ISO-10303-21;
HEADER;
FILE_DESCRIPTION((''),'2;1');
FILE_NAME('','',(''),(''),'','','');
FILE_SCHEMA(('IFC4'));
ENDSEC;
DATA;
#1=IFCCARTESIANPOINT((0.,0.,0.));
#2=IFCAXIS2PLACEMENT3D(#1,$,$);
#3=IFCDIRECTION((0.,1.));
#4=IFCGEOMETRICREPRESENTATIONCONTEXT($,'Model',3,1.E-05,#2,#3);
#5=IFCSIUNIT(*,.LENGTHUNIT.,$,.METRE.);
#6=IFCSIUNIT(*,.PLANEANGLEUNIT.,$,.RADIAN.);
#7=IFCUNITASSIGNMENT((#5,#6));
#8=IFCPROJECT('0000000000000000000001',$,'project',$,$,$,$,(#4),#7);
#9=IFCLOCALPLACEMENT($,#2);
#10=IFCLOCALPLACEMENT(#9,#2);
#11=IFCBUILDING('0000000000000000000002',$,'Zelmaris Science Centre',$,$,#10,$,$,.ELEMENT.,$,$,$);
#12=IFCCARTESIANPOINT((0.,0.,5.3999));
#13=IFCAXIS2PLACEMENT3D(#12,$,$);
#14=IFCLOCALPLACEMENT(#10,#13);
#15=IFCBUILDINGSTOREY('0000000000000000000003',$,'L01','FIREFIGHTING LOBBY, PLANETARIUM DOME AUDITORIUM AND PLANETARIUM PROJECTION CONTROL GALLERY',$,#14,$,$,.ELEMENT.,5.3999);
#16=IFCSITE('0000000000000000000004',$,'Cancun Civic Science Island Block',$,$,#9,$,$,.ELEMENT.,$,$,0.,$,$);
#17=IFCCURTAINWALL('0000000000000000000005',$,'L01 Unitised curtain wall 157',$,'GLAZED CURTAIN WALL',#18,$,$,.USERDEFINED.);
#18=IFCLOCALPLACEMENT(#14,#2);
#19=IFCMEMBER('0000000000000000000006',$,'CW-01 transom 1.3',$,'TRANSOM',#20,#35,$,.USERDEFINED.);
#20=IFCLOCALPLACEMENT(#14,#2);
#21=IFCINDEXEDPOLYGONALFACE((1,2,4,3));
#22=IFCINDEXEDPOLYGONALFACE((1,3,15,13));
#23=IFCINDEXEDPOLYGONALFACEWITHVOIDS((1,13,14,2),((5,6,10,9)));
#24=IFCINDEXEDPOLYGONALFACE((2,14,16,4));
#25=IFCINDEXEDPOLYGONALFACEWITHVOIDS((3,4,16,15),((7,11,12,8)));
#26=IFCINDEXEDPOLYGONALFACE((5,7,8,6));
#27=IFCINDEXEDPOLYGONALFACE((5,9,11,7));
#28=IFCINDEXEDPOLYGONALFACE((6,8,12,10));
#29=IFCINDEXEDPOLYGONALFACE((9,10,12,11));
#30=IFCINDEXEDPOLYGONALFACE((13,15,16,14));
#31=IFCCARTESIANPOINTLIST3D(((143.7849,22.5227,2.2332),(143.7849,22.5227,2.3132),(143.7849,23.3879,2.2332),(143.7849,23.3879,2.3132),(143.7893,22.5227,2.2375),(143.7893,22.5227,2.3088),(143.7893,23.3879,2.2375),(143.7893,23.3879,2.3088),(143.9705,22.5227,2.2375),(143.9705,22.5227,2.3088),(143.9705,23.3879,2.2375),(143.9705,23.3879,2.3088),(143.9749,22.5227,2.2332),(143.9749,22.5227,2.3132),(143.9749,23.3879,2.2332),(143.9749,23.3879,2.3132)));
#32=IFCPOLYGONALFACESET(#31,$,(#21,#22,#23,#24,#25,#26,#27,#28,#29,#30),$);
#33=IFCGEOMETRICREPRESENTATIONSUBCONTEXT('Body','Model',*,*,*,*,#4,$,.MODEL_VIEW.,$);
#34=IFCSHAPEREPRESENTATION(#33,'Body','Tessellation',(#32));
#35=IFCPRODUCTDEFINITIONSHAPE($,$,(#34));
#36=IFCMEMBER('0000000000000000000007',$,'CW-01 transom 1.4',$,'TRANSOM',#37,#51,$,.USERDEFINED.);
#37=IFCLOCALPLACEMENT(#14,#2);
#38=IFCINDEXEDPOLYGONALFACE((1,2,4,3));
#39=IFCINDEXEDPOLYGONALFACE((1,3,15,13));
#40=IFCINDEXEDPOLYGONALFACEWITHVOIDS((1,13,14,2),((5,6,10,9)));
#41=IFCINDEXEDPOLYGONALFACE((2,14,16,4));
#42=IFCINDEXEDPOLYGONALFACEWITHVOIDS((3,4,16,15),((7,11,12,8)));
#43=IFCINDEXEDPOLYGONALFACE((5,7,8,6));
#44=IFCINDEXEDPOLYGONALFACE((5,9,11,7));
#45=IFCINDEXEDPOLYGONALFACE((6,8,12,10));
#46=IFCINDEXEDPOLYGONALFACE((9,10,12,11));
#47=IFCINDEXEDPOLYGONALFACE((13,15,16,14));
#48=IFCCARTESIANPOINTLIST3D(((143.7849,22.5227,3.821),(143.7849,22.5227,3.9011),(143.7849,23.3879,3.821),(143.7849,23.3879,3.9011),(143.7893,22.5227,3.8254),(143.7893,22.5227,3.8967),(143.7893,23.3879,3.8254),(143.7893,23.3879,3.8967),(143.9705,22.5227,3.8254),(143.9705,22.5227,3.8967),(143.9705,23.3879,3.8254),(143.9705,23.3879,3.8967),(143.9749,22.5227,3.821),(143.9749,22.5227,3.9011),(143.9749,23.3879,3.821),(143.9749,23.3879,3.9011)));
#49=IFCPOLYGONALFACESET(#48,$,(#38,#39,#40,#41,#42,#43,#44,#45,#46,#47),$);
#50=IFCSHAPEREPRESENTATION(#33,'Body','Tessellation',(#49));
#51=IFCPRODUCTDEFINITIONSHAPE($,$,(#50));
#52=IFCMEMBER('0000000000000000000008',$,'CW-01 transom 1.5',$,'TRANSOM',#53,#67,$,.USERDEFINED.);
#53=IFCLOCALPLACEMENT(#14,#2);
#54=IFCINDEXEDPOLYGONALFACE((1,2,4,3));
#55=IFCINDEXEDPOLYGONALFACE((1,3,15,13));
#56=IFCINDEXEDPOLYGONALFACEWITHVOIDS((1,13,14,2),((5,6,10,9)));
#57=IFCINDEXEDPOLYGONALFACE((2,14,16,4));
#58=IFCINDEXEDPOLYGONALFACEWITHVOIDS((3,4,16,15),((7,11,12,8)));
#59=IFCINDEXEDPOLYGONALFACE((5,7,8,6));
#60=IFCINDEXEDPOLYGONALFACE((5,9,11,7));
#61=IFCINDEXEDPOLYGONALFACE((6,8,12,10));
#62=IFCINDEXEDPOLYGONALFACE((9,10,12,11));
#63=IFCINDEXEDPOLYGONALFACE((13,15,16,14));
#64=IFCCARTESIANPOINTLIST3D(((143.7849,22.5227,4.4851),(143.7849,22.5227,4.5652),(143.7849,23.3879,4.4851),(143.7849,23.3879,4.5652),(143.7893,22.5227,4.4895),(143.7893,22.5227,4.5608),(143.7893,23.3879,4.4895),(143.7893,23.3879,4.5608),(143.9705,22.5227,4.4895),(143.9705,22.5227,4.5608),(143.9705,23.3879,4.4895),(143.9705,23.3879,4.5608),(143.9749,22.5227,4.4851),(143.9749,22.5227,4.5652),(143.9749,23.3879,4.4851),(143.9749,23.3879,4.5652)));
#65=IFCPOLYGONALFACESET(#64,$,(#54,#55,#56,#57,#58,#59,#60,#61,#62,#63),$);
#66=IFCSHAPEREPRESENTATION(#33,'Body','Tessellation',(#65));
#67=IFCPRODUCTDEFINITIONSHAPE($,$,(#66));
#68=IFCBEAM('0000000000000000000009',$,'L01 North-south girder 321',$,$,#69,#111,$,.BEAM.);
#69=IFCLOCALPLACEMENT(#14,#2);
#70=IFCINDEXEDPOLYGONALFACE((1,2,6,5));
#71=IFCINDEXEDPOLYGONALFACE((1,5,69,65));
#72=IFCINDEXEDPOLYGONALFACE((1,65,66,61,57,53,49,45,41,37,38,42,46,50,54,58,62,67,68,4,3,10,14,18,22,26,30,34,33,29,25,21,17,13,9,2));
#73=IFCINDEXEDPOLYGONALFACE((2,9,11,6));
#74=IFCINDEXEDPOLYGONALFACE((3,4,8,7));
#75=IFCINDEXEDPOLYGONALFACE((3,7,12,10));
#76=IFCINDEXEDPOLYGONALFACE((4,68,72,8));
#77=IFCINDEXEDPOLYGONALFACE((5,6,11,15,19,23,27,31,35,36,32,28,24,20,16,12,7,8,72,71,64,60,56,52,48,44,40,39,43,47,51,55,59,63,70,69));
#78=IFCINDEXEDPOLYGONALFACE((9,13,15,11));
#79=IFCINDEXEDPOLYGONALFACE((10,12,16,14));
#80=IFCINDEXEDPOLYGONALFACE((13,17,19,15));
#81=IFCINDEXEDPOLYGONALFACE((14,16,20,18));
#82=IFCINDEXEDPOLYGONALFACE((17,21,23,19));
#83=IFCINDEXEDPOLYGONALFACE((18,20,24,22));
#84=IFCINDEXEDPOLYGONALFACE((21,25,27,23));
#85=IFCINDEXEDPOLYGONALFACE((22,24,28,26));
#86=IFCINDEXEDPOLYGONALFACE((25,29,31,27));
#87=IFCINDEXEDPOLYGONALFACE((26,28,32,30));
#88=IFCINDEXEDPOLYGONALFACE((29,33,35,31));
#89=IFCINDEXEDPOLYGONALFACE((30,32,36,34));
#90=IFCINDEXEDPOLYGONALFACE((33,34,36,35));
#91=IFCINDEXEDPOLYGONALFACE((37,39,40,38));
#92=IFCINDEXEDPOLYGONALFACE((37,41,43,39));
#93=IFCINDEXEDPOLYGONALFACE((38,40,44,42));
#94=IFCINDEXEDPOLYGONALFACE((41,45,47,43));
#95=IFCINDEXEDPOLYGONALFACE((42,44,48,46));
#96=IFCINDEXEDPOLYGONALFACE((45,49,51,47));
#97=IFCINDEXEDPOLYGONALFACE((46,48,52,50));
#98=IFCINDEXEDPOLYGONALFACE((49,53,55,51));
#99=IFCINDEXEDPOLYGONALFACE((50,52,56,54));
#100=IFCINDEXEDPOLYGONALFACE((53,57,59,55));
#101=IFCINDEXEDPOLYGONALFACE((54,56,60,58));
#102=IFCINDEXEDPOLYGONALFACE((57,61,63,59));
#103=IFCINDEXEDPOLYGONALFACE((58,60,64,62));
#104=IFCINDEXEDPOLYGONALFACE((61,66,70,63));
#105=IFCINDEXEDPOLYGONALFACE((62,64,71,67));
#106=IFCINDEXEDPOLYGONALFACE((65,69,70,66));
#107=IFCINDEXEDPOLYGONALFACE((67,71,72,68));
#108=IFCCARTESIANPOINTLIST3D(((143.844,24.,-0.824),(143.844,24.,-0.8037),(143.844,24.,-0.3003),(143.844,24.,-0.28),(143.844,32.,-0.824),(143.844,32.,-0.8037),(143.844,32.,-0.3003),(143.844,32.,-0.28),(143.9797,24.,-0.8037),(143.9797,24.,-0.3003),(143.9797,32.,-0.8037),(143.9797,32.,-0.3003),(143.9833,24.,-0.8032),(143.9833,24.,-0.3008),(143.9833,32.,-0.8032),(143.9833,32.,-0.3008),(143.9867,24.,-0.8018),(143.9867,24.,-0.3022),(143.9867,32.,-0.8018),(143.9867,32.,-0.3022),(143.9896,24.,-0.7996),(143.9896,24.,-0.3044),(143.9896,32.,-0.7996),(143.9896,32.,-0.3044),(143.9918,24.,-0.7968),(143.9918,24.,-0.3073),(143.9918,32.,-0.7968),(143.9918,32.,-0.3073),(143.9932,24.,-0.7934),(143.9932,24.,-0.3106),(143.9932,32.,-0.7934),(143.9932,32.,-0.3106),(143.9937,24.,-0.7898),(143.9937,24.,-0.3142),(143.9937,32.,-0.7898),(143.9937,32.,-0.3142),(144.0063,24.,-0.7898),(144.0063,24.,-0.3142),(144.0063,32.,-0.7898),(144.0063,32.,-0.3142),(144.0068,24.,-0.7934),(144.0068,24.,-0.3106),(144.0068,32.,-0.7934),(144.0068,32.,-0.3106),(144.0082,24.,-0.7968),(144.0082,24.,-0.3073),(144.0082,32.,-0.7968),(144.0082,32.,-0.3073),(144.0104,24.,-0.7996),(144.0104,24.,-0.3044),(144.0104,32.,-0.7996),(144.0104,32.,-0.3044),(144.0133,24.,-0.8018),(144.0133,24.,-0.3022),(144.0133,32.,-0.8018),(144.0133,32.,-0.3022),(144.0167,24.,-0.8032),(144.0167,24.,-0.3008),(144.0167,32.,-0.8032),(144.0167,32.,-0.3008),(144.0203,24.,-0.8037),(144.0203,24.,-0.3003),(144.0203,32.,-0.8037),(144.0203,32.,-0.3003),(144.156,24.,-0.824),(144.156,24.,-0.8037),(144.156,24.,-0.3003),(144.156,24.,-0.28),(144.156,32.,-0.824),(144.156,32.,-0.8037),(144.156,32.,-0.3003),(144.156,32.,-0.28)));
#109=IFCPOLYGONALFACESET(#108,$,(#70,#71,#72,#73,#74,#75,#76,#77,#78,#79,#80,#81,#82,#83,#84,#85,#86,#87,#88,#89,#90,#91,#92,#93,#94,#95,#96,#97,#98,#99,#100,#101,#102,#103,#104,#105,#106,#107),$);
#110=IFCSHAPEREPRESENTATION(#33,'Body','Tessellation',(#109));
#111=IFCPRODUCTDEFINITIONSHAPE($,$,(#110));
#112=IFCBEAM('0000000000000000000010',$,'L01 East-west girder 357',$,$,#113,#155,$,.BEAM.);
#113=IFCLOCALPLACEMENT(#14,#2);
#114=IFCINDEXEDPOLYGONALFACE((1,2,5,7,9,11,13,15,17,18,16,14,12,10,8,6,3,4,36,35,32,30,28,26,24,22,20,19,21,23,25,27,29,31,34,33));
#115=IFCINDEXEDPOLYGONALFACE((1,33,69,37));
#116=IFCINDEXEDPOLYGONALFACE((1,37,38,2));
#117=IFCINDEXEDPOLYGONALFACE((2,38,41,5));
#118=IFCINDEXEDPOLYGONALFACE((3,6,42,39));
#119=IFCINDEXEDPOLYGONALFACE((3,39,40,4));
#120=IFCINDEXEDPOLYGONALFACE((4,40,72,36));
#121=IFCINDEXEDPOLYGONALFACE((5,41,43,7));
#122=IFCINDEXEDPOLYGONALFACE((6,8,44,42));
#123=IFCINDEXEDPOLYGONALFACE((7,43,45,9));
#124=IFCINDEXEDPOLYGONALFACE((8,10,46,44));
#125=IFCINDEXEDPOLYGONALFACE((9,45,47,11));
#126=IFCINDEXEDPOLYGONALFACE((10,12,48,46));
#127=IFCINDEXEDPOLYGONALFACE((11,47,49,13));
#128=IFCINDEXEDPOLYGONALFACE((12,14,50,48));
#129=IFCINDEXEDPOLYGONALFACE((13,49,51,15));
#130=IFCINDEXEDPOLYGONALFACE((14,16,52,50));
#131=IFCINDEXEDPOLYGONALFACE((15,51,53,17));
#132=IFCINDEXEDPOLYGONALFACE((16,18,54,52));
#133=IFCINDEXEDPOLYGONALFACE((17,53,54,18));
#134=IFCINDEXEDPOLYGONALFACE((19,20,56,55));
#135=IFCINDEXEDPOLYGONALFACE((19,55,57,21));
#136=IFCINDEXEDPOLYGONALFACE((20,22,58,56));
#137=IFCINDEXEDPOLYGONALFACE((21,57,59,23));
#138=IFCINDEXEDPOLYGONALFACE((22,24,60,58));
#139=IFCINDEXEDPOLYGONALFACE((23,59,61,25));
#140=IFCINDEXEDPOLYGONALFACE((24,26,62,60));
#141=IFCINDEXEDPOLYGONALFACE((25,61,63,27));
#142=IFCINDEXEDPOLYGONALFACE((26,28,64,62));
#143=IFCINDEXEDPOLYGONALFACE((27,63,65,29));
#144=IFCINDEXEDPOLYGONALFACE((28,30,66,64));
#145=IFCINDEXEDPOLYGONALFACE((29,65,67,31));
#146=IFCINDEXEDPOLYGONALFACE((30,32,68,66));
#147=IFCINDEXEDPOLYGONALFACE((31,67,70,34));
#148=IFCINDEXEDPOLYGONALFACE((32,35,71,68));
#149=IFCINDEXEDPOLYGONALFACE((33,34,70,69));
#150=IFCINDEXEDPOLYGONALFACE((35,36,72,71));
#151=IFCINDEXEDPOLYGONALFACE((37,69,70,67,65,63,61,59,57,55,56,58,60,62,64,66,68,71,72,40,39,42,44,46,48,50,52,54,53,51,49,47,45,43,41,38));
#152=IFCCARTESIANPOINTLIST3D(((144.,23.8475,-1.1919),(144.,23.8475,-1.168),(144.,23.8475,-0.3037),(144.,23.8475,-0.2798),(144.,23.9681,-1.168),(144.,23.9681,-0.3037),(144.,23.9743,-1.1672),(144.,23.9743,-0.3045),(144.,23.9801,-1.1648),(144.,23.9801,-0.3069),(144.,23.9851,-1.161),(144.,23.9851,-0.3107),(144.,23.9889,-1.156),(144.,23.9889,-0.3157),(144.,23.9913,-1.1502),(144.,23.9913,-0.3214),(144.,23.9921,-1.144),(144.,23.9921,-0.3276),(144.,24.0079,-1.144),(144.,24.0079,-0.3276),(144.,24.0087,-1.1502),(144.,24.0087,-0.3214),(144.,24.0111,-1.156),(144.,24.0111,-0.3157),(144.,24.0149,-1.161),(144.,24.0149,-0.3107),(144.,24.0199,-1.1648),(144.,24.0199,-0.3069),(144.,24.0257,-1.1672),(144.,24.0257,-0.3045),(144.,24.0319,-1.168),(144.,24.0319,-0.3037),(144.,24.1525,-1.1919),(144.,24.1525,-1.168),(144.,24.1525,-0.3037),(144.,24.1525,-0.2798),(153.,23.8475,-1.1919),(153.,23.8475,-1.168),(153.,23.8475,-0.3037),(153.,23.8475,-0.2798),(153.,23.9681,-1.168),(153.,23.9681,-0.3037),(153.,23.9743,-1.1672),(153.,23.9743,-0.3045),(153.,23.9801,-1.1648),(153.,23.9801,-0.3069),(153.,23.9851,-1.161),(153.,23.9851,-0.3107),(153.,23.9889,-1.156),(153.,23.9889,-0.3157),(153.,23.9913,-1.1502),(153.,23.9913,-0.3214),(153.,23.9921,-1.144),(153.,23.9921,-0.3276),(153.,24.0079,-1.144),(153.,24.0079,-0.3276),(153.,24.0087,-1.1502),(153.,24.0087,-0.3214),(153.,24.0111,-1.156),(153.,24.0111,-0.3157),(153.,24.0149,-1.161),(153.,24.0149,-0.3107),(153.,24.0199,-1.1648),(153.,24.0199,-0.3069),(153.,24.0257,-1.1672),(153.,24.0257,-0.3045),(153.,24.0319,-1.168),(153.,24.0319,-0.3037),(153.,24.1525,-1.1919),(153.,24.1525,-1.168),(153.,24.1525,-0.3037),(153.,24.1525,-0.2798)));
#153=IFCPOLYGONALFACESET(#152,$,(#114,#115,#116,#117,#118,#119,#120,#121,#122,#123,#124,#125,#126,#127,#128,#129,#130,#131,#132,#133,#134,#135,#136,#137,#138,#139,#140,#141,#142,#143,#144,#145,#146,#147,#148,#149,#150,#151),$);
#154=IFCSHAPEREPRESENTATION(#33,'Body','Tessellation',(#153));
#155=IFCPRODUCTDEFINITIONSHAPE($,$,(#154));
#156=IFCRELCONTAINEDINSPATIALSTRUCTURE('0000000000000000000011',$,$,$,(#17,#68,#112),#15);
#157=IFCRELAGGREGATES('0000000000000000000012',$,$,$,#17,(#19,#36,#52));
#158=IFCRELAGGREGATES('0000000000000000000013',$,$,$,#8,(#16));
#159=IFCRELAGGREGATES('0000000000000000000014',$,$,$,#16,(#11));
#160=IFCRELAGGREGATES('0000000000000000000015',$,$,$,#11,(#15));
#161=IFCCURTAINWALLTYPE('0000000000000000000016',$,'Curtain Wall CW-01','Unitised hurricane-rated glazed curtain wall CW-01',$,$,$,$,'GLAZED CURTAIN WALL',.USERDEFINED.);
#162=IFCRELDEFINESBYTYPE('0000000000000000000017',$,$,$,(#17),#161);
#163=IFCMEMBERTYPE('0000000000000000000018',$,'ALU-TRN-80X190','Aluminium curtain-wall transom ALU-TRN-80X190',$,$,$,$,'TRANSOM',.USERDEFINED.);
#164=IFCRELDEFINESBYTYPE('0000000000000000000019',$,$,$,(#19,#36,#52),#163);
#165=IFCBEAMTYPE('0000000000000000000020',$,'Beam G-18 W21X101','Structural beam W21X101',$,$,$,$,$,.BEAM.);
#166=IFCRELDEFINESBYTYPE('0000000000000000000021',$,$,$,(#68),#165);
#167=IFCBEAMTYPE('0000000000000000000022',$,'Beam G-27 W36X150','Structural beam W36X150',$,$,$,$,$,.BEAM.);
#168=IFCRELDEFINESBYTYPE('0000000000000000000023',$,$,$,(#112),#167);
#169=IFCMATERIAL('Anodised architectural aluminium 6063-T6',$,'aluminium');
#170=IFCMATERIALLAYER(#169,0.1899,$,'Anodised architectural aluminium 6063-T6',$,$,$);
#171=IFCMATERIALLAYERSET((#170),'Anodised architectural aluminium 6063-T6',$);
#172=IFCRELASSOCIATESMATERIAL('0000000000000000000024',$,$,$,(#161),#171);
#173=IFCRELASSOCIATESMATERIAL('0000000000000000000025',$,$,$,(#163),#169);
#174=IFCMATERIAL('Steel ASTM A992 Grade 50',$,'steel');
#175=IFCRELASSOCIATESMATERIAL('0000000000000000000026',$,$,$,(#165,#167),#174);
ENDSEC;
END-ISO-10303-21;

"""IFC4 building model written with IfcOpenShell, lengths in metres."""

from ifc_helpers import new_model, si_unit, direction, frame, origin, origin_2d, place, context, subcontext, project, spatial, hollow_rectangle, i_section, extrude, material, layer, layer_set, material_profile, profile_set, type_object, element, aggregate, save


model = new_model("IFC4")

# Units and contexts
model_context = context("Model", 3, precision=1e-05, world=origin(), true_north=direction((0.0, 1.0)))
body_context = subcontext(model_context, "Body", "Model", "MODEL_VIEW")
ifc_project = project(units=[si_unit("LENGTHUNIT", "METRE"), si_unit("PLANEANGLEUNIT", "RADIAN")], contexts=[model_context])

# Site, building, storey
site_placement = place(None, origin())
site = spatial("IfcSite", under=ifc_project, at=site_placement, Name="Cancun Civic Science Island Block", CompositionType="ELEMENT", RefElevation=0.0)
building_placement = place(site_placement, origin())
building = spatial("IfcBuilding", under=site, at=building_placement, Name="Zelmaris Science Centre", CompositionType="ELEMENT")
storey_placement = place(building_placement, frame((0.0, 0.0, 5.3999)))
storey = spatial("IfcBuildingStorey", under=building, at=storey_placement, Name="L01", Description="FIREFIGHTING LOBBY, PLANETARIUM DOME AUDITORIUM AND PLANETARIUM PROJECTION CONTROL GALLERY", CompositionType="ELEMENT", Elevation=5.3999)

# Shared definitions
ifc_material_1 = material(Name="Steel ASTM A992 Grade 50", Category="steel")

# Shared definitions
ifc_material_2 = material(Name="Anodised architectural aluminium 6063-T6", Category="aluminium")

# Curtain wall
ifc_layer_1 = layer(ifc_material_2, 0.1899, Name="Anodised architectural aluminium 6063-T6")
ifc_layer_set_1 = layer_set([ifc_layer_1], Name="Anodised architectural aluminium 6063-T6")
curtain_wall_type_1 = type_object("IfcCurtainWallType", Name="Curtain Wall CW-01", Description="Unitised hurricane-rated glazed curtain wall CW-01", ElementType="GLAZED CURTAIN WALL", PredefinedType="USERDEFINED", material=ifc_layer_set_1)
curtain_wall_1_placement = place(storey_placement, origin())
curtain_wall_1 = element("IfcCurtainWall", 1, at=curtain_wall_1_placement, inside=storey, type_object=curtain_wall_type_1, Name="L01 Unitised curtain wall 157", ObjectType="GLAZED CURTAIN WALL", PredefinedType="USERDEFINED")

# Members
ifc_material_profile_1 = material_profile(ifc_material_2, hollow_rectangle(XDim=0.0801, YDim=0.1899, WallThickness=0.0044, at=origin_2d()), Name="ALU-TRN-80X190")
ifc_profile_set_1 = profile_set([ifc_material_profile_1], Name="Anodised architectural aluminium 6063-T6")
member_type_1 = type_object("IfcMemberType", Name="ALU-TRN-80X190", Description="Aluminium curtain-wall transom ALU-TRN-80X190", ElementType="TRANSOM", PredefinedType="USERDEFINED", material=ifc_profile_set_1)
member_1_placement = place(storey_placement, frame((143.8799, 23.3879, 2.2732), z_axis=(0.0, -1.0, 0.0), x_axis=(0.0, 0.0, 1.0)))
member_1 = element("IfcMember", 2, at=member_1_placement, type_object=member_type_1, Name="CW-01 transom 1.3", ObjectType="TRANSOM", PredefinedType="USERDEFINED", context=body_context, shape_type="SweptSolid", body=[
    extrude(hollow_rectangle(XDim=0.0801, YDim=0.1899, WallThickness=0.0044, at=origin_2d()), origin(), (0.0, 0.0, 1.0), 0.8652),
])
member_2_placement = place(storey_placement, frame((143.8799, 23.3879, 3.8611), z_axis=(0.0, -1.0, 0.0), x_axis=(0.0, 0.0, 1.0)))
member_2 = element("IfcMember", 3, at=member_2_placement, type_object=member_type_1, Name="CW-01 transom 1.4", ObjectType="TRANSOM", PredefinedType="USERDEFINED", context=body_context, shape_type="SweptSolid", body=[
    extrude(hollow_rectangle(XDim=0.0801, YDim=0.1899, WallThickness=0.0044, at=origin_2d()), origin(), (0.0, 0.0, 1.0), 0.8652),
])
member_3_placement = place(storey_placement, frame((143.8799, 23.3879, 4.5251), z_axis=(0.0, -1.0, 0.0), x_axis=(0.0, 0.0, 1.0)))
member_3 = element("IfcMember", 4, at=member_3_placement, type_object=member_type_1, Name="CW-01 transom 1.5", ObjectType="TRANSOM", PredefinedType="USERDEFINED", context=body_context, shape_type="SweptSolid", body=[
    extrude(hollow_rectangle(XDim=0.0801, YDim=0.1899, WallThickness=0.0044, at=origin_2d()), origin(), (0.0, 0.0, 1.0), 0.8652),
])
aggregate(curtain_wall_1, [member_1, member_2, member_3])

# Beams
ifc_material_profile_2 = material_profile(ifc_material_1, i_section(OverallWidth=0.312, OverallDepth=0.5439, WebThickness=0.0127, FlangeThickness=0.0203, FilletRadius=0.0139, at=origin_2d()), Name="W21X101")
ifc_profile_set_2 = profile_set([ifc_material_profile_2], Name="Steel ASTM A992 Grade 50")
beam_type_1 = type_object("IfcBeamType", Name="Beam G-18 W21X101", Description="Structural beam W21X101", PredefinedType="BEAM", material=ifc_profile_set_2)
beam_1_placement = place(storey_placement, frame((144.0, 24.0, -0.552), z_axis=(0.0, 1.0, 0.0), x_axis=(-1.0, 0.0, 0.0)))
element("IfcBeam", 5, at=beam_1_placement, inside=storey, type_object=beam_type_1, Name="L01 North-south girder 321", PredefinedType="BEAM", context=body_context, shape_type="SweptSolid", body=[
    extrude(i_section(OverallWidth=0.312, OverallDepth=0.5439, WebThickness=0.0127, FlangeThickness=0.0203, FilletRadius=0.0139, at=origin_2d()), origin(), (0.0, 0.0, 1.0), 8.0),
])
ifc_material_profile_3 = material_profile(ifc_material_1, i_section(OverallWidth=0.3049, OverallDepth=0.9121, WebThickness=0.0159, FlangeThickness=0.0239, FilletRadius=0.0239, at=origin_2d()), Name="W36X150")
ifc_profile_set_3 = profile_set([ifc_material_profile_3], Name="Steel ASTM A992 Grade 50")
beam_type_2 = type_object("IfcBeamType", Name="Beam G-27 W36X150", Description="Structural beam W36X150", PredefinedType="BEAM", material=ifc_profile_set_3)
beam_2_placement = place(storey_placement, frame((144.0, 24.0, -0.7358), z_axis=(1.0, 0.0, 0.0), x_axis=(0.0, 1.0, 0.0)))
element("IfcBeam", 6, at=beam_2_placement, inside=storey, type_object=beam_type_2, Name="L01 East-west girder 357", PredefinedType="BEAM", context=body_context, shape_type="SweptSolid", body=[
    extrude(i_section(OverallWidth=0.3049, OverallDepth=0.9121, WebThickness=0.0159, FlangeThickness=0.0239, FilletRadius=0.0239, at=origin_2d()), origin(), (0.0, 0.0, 1.0), 9.0),
])

save(model, "model.ifc")
